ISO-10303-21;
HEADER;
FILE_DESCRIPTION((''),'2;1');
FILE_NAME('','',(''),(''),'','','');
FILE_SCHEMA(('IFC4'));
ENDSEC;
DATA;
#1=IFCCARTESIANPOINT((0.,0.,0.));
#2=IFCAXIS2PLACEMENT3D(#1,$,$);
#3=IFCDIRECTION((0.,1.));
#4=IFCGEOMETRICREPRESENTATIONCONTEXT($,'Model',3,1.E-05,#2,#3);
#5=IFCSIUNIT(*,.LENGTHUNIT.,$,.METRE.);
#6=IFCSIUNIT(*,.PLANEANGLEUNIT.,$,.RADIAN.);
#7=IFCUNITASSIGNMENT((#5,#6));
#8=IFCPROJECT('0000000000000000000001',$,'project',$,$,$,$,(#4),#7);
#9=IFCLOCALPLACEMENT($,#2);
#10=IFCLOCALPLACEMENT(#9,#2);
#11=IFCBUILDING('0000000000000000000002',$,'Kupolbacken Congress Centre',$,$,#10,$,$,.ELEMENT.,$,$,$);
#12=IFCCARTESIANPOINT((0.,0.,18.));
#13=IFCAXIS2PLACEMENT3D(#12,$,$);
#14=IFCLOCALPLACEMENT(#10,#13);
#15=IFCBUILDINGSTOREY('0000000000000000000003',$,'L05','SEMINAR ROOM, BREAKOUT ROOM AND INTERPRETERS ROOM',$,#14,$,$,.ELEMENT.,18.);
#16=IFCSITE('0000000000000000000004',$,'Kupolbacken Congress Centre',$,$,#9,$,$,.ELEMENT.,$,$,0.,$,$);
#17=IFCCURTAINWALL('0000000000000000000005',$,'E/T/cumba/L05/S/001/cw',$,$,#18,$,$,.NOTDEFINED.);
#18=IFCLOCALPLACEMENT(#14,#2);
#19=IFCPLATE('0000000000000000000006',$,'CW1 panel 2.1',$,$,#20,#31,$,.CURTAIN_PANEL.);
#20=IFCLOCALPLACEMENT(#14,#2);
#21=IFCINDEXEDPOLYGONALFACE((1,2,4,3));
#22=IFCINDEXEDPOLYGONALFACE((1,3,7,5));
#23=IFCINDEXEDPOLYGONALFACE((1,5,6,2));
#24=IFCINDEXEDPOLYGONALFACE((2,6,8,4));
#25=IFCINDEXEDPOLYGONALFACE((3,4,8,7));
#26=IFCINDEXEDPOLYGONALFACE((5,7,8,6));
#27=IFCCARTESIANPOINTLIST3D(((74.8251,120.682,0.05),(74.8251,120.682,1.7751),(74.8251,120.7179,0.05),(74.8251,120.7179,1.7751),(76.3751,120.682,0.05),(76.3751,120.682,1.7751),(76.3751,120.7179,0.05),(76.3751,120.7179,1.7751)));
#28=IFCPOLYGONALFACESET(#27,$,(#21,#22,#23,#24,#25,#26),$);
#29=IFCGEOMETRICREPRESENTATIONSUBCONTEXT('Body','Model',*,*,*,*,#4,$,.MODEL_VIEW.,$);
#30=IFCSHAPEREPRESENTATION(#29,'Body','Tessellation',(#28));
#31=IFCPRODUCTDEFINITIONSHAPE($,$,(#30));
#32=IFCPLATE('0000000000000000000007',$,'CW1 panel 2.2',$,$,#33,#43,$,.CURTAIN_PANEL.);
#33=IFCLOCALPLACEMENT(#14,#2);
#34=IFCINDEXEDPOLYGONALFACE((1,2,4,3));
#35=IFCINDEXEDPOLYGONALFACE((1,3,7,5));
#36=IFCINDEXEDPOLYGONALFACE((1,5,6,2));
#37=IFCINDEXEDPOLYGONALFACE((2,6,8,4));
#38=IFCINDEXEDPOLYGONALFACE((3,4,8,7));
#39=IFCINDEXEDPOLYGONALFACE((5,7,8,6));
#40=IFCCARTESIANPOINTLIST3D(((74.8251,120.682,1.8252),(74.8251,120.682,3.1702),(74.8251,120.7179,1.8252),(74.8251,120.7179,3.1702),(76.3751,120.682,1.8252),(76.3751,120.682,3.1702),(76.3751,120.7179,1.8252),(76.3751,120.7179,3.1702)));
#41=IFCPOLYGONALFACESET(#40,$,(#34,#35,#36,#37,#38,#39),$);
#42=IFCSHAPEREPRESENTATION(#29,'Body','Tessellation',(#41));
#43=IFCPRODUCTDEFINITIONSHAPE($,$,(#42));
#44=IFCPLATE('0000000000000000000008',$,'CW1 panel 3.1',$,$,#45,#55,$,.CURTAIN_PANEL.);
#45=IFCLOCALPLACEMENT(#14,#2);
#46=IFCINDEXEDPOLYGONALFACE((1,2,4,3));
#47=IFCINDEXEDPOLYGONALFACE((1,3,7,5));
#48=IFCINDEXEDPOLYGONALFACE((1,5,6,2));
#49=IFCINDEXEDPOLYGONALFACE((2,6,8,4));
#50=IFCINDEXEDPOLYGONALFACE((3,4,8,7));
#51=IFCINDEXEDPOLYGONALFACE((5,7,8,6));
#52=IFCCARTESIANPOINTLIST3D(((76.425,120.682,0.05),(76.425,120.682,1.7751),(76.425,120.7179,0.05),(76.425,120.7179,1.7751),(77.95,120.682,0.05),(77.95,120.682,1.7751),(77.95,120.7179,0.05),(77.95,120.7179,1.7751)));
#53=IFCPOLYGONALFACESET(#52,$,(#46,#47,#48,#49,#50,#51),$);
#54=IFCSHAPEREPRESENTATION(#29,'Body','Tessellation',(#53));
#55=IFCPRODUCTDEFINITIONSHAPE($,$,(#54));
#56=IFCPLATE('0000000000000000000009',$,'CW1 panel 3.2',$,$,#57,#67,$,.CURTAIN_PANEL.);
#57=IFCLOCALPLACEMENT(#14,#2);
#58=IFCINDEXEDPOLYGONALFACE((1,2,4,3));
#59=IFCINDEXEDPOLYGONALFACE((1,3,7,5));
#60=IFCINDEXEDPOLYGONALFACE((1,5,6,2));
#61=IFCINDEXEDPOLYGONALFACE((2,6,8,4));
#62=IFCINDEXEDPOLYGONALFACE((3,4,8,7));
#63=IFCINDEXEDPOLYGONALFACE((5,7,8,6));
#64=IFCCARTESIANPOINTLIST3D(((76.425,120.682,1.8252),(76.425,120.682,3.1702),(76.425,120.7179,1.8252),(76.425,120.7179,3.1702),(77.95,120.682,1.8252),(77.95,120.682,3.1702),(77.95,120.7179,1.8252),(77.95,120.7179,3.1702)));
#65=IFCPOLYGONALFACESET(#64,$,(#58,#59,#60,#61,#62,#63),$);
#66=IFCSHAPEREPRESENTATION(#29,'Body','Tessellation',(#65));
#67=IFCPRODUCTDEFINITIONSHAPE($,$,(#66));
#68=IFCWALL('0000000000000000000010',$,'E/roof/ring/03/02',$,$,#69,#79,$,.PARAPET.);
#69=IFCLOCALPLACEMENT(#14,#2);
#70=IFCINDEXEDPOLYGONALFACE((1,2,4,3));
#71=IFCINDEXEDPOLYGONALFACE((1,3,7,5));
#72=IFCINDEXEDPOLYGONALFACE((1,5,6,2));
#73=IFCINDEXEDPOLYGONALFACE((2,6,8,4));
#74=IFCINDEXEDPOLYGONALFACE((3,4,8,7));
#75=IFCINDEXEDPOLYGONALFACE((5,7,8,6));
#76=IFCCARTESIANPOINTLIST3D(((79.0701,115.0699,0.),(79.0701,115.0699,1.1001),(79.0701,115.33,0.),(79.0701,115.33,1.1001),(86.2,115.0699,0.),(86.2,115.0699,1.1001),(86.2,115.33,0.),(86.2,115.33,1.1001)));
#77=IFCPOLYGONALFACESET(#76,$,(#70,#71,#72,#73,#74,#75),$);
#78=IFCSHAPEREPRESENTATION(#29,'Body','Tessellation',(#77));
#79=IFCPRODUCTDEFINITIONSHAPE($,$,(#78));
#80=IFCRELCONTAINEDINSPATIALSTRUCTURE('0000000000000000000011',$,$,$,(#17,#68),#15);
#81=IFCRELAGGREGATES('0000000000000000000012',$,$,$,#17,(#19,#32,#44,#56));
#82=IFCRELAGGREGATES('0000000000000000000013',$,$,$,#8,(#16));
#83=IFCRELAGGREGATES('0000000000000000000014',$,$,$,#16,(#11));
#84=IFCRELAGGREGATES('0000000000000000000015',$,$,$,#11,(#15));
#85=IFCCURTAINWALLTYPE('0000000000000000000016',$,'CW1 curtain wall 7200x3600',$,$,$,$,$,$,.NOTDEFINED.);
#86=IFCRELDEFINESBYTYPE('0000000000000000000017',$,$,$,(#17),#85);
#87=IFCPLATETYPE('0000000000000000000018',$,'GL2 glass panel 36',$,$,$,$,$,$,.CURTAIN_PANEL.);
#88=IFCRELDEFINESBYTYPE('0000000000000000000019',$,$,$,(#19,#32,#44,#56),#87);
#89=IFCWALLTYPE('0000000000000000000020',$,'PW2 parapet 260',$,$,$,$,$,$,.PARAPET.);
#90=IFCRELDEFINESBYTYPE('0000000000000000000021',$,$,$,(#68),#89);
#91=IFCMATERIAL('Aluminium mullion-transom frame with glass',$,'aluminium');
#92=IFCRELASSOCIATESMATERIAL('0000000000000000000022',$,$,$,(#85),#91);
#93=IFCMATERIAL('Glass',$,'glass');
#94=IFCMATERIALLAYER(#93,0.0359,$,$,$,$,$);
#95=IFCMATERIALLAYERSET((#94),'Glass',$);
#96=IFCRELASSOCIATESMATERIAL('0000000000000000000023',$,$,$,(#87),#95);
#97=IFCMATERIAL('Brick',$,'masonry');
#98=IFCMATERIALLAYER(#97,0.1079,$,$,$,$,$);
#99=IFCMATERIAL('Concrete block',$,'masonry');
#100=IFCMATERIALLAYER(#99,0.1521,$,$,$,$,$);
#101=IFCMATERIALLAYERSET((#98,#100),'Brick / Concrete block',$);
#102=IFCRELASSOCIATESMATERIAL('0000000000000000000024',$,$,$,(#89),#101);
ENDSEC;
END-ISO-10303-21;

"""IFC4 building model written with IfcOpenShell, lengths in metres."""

from ifc_helpers import new_model, si_unit, direction, frame, frame_2d, origin, origin_2d, place, context, subcontext, project, spatial, rectangle, extrude, material, layer, layer_set, type_object, element, aggregate, save


model = new_model("IFC4")

# Units and contexts
model_context = context("Model", 3, precision=1e-05, world=origin(), true_north=direction((0.0, 1.0)))
body_context = subcontext(model_context, "Body", "Model", "MODEL_VIEW")
ifc_project = project(units=[si_unit("LENGTHUNIT", "METRE"), si_unit("PLANEANGLEUNIT", "RADIAN")], contexts=[model_context])

# Site, building, storey
site_placement = place(None, origin())
site = spatial("IfcSite", under=ifc_project, at=site_placement, Name="Kupolbacken Congress Centre", CompositionType="ELEMENT", RefElevation=0.0)
building_placement = place(site_placement, origin())
building = spatial("IfcBuilding", under=site, at=building_placement, Name="Kupolbacken Congress Centre", CompositionType="ELEMENT")
storey_placement = place(building_placement, frame((0.0, 0.0, 18.0)))
storey = spatial("IfcBuildingStorey", under=building, at=storey_placement, Name="L05", Description="SEMINAR ROOM, BREAKOUT ROOM AND INTERPRETERS ROOM", CompositionType="ELEMENT", Elevation=18.0)

# Curtain wall, plates
ifc_material_1 = material(Name="Aluminium mullion-transom frame with glass", Category="aluminium")
curtain_wall_type = type_object("IfcCurtainWallType", Name="CW1 curtain wall 7200x3600", PredefinedType="NOTDEFINED", material=ifc_material_1)
curtain_wall_placement = place(storey_placement, origin())
curtain_wall = element("IfcCurtainWall", 1, at=curtain_wall_placement, inside=storey, type_object=curtain_wall_type, Name="E/T/cumba/L05/S/001/cw", PredefinedType="NOTDEFINED")
ifc_material_2 = material(Name="Glass", Category="glass")
ifc_layer_1 = layer(ifc_material_2, 0.0359)
ifc_layer_set_1 = layer_set([ifc_layer_1], Name="Glass")
plate_type = type_object("IfcPlateType", Name="GL2 glass panel 36", PredefinedType="CURTAIN_PANEL", material=ifc_layer_set_1)
plate_1_placement = place(storey_placement, frame((75.6001, 120.7, 0.05), z_axis=(0.0, 0.0, 1.0), x_axis=(1.0, 0.0, 0.0)))
plate_1 = element("IfcPlate", 2, at=plate_1_placement, type_object=plate_type, Name="CW1 panel 2.1", PredefinedType="CURTAIN_PANEL", context=body_context, shape_type="SweptSolid", body=[
    extrude(rectangle(XDim=1.55, YDim=0.0359, at=origin_2d()), origin(), (0.0, 0.0, 1.0), 1.7251),
])
plate_2_placement = place(storey_placement, frame((75.6001, 120.7, 1.8252), z_axis=(0.0, 0.0, 1.0), x_axis=(1.0, 0.0, 0.0)))
plate_2 = element("IfcPlate", 3, at=plate_2_placement, type_object=plate_type, Name="CW1 panel 2.2", PredefinedType="CURTAIN_PANEL", context=body_context, shape_type="SweptSolid", body=[
    extrude(rectangle(XDim=1.55, YDim=0.0359, at=origin_2d()), origin(), (0.0, 0.0, 1.0), 1.345),
])
plate_3_placement = place(storey_placement, frame((77.1875, 120.7, 0.05), z_axis=(0.0, 0.0, 1.0), x_axis=(1.0, 0.0, 0.0)))
plate_3 = element("IfcPlate", 4, at=plate_3_placement, type_object=plate_type, Name="CW1 panel 3.1", PredefinedType="CURTAIN_PANEL", context=body_context, shape_type="SweptSolid", body=[
    extrude(rectangle(XDim=1.5249, YDim=0.0359, at=origin_2d()), origin(), (0.0, 0.0, 1.0), 1.7251),
])
plate_4_placement = place(storey_placement, frame((77.1875, 120.7, 1.8252), z_axis=(0.0, 0.0, 1.0), x_axis=(1.0, 0.0, 0.0)))
plate_4 = element("IfcPlate", 5, at=plate_4_placement, type_object=plate_type, Name="CW1 panel 3.2", PredefinedType="CURTAIN_PANEL", context=body_context, shape_type="SweptSolid", body=[
    extrude(rectangle(XDim=1.5249, YDim=0.0359, at=origin_2d()), origin(), (0.0, 0.0, 1.0), 1.345),
])
aggregate(curtain_wall, [plate_1, plate_2, plate_3, plate_4])

# Wall
ifc_material_3 = material(Name="Brick", Category="masonry")
ifc_layer_2 = layer(ifc_material_3, 0.1079)
ifc_material_4 = material(Name="Concrete block", Category="masonry")
ifc_layer_3 = layer(ifc_material_4, 0.1521)
ifc_layer_set_2 = layer_set([ifc_layer_2, ifc_layer_3], Name="Brick / Concrete block")
wall_type = type_object("IfcWallType", Name="PW2 parapet 260", PredefinedType="PARAPET", material=ifc_layer_set_2)
wall_placement = place(storey_placement, frame((79.0701, 115.2, 0.0), z_axis=(0.0, 0.0, 1.0), x_axis=(1.0, 0.0, 0.0)))
element("IfcWall", 6, at=wall_placement, inside=storey, type_object=wall_type, Name="E/roof/ring/03/02", PredefinedType="PARAPET", context=body_context, shape_type="SweptSolid", body=[
    extrude(rectangle(XDim=7.1299, YDim=0.26, at=frame_2d((3.5649, 0.0))), origin(), (0.0, 0.0, 1.0), 1.1001),
])

save(model, "model.ifc")
